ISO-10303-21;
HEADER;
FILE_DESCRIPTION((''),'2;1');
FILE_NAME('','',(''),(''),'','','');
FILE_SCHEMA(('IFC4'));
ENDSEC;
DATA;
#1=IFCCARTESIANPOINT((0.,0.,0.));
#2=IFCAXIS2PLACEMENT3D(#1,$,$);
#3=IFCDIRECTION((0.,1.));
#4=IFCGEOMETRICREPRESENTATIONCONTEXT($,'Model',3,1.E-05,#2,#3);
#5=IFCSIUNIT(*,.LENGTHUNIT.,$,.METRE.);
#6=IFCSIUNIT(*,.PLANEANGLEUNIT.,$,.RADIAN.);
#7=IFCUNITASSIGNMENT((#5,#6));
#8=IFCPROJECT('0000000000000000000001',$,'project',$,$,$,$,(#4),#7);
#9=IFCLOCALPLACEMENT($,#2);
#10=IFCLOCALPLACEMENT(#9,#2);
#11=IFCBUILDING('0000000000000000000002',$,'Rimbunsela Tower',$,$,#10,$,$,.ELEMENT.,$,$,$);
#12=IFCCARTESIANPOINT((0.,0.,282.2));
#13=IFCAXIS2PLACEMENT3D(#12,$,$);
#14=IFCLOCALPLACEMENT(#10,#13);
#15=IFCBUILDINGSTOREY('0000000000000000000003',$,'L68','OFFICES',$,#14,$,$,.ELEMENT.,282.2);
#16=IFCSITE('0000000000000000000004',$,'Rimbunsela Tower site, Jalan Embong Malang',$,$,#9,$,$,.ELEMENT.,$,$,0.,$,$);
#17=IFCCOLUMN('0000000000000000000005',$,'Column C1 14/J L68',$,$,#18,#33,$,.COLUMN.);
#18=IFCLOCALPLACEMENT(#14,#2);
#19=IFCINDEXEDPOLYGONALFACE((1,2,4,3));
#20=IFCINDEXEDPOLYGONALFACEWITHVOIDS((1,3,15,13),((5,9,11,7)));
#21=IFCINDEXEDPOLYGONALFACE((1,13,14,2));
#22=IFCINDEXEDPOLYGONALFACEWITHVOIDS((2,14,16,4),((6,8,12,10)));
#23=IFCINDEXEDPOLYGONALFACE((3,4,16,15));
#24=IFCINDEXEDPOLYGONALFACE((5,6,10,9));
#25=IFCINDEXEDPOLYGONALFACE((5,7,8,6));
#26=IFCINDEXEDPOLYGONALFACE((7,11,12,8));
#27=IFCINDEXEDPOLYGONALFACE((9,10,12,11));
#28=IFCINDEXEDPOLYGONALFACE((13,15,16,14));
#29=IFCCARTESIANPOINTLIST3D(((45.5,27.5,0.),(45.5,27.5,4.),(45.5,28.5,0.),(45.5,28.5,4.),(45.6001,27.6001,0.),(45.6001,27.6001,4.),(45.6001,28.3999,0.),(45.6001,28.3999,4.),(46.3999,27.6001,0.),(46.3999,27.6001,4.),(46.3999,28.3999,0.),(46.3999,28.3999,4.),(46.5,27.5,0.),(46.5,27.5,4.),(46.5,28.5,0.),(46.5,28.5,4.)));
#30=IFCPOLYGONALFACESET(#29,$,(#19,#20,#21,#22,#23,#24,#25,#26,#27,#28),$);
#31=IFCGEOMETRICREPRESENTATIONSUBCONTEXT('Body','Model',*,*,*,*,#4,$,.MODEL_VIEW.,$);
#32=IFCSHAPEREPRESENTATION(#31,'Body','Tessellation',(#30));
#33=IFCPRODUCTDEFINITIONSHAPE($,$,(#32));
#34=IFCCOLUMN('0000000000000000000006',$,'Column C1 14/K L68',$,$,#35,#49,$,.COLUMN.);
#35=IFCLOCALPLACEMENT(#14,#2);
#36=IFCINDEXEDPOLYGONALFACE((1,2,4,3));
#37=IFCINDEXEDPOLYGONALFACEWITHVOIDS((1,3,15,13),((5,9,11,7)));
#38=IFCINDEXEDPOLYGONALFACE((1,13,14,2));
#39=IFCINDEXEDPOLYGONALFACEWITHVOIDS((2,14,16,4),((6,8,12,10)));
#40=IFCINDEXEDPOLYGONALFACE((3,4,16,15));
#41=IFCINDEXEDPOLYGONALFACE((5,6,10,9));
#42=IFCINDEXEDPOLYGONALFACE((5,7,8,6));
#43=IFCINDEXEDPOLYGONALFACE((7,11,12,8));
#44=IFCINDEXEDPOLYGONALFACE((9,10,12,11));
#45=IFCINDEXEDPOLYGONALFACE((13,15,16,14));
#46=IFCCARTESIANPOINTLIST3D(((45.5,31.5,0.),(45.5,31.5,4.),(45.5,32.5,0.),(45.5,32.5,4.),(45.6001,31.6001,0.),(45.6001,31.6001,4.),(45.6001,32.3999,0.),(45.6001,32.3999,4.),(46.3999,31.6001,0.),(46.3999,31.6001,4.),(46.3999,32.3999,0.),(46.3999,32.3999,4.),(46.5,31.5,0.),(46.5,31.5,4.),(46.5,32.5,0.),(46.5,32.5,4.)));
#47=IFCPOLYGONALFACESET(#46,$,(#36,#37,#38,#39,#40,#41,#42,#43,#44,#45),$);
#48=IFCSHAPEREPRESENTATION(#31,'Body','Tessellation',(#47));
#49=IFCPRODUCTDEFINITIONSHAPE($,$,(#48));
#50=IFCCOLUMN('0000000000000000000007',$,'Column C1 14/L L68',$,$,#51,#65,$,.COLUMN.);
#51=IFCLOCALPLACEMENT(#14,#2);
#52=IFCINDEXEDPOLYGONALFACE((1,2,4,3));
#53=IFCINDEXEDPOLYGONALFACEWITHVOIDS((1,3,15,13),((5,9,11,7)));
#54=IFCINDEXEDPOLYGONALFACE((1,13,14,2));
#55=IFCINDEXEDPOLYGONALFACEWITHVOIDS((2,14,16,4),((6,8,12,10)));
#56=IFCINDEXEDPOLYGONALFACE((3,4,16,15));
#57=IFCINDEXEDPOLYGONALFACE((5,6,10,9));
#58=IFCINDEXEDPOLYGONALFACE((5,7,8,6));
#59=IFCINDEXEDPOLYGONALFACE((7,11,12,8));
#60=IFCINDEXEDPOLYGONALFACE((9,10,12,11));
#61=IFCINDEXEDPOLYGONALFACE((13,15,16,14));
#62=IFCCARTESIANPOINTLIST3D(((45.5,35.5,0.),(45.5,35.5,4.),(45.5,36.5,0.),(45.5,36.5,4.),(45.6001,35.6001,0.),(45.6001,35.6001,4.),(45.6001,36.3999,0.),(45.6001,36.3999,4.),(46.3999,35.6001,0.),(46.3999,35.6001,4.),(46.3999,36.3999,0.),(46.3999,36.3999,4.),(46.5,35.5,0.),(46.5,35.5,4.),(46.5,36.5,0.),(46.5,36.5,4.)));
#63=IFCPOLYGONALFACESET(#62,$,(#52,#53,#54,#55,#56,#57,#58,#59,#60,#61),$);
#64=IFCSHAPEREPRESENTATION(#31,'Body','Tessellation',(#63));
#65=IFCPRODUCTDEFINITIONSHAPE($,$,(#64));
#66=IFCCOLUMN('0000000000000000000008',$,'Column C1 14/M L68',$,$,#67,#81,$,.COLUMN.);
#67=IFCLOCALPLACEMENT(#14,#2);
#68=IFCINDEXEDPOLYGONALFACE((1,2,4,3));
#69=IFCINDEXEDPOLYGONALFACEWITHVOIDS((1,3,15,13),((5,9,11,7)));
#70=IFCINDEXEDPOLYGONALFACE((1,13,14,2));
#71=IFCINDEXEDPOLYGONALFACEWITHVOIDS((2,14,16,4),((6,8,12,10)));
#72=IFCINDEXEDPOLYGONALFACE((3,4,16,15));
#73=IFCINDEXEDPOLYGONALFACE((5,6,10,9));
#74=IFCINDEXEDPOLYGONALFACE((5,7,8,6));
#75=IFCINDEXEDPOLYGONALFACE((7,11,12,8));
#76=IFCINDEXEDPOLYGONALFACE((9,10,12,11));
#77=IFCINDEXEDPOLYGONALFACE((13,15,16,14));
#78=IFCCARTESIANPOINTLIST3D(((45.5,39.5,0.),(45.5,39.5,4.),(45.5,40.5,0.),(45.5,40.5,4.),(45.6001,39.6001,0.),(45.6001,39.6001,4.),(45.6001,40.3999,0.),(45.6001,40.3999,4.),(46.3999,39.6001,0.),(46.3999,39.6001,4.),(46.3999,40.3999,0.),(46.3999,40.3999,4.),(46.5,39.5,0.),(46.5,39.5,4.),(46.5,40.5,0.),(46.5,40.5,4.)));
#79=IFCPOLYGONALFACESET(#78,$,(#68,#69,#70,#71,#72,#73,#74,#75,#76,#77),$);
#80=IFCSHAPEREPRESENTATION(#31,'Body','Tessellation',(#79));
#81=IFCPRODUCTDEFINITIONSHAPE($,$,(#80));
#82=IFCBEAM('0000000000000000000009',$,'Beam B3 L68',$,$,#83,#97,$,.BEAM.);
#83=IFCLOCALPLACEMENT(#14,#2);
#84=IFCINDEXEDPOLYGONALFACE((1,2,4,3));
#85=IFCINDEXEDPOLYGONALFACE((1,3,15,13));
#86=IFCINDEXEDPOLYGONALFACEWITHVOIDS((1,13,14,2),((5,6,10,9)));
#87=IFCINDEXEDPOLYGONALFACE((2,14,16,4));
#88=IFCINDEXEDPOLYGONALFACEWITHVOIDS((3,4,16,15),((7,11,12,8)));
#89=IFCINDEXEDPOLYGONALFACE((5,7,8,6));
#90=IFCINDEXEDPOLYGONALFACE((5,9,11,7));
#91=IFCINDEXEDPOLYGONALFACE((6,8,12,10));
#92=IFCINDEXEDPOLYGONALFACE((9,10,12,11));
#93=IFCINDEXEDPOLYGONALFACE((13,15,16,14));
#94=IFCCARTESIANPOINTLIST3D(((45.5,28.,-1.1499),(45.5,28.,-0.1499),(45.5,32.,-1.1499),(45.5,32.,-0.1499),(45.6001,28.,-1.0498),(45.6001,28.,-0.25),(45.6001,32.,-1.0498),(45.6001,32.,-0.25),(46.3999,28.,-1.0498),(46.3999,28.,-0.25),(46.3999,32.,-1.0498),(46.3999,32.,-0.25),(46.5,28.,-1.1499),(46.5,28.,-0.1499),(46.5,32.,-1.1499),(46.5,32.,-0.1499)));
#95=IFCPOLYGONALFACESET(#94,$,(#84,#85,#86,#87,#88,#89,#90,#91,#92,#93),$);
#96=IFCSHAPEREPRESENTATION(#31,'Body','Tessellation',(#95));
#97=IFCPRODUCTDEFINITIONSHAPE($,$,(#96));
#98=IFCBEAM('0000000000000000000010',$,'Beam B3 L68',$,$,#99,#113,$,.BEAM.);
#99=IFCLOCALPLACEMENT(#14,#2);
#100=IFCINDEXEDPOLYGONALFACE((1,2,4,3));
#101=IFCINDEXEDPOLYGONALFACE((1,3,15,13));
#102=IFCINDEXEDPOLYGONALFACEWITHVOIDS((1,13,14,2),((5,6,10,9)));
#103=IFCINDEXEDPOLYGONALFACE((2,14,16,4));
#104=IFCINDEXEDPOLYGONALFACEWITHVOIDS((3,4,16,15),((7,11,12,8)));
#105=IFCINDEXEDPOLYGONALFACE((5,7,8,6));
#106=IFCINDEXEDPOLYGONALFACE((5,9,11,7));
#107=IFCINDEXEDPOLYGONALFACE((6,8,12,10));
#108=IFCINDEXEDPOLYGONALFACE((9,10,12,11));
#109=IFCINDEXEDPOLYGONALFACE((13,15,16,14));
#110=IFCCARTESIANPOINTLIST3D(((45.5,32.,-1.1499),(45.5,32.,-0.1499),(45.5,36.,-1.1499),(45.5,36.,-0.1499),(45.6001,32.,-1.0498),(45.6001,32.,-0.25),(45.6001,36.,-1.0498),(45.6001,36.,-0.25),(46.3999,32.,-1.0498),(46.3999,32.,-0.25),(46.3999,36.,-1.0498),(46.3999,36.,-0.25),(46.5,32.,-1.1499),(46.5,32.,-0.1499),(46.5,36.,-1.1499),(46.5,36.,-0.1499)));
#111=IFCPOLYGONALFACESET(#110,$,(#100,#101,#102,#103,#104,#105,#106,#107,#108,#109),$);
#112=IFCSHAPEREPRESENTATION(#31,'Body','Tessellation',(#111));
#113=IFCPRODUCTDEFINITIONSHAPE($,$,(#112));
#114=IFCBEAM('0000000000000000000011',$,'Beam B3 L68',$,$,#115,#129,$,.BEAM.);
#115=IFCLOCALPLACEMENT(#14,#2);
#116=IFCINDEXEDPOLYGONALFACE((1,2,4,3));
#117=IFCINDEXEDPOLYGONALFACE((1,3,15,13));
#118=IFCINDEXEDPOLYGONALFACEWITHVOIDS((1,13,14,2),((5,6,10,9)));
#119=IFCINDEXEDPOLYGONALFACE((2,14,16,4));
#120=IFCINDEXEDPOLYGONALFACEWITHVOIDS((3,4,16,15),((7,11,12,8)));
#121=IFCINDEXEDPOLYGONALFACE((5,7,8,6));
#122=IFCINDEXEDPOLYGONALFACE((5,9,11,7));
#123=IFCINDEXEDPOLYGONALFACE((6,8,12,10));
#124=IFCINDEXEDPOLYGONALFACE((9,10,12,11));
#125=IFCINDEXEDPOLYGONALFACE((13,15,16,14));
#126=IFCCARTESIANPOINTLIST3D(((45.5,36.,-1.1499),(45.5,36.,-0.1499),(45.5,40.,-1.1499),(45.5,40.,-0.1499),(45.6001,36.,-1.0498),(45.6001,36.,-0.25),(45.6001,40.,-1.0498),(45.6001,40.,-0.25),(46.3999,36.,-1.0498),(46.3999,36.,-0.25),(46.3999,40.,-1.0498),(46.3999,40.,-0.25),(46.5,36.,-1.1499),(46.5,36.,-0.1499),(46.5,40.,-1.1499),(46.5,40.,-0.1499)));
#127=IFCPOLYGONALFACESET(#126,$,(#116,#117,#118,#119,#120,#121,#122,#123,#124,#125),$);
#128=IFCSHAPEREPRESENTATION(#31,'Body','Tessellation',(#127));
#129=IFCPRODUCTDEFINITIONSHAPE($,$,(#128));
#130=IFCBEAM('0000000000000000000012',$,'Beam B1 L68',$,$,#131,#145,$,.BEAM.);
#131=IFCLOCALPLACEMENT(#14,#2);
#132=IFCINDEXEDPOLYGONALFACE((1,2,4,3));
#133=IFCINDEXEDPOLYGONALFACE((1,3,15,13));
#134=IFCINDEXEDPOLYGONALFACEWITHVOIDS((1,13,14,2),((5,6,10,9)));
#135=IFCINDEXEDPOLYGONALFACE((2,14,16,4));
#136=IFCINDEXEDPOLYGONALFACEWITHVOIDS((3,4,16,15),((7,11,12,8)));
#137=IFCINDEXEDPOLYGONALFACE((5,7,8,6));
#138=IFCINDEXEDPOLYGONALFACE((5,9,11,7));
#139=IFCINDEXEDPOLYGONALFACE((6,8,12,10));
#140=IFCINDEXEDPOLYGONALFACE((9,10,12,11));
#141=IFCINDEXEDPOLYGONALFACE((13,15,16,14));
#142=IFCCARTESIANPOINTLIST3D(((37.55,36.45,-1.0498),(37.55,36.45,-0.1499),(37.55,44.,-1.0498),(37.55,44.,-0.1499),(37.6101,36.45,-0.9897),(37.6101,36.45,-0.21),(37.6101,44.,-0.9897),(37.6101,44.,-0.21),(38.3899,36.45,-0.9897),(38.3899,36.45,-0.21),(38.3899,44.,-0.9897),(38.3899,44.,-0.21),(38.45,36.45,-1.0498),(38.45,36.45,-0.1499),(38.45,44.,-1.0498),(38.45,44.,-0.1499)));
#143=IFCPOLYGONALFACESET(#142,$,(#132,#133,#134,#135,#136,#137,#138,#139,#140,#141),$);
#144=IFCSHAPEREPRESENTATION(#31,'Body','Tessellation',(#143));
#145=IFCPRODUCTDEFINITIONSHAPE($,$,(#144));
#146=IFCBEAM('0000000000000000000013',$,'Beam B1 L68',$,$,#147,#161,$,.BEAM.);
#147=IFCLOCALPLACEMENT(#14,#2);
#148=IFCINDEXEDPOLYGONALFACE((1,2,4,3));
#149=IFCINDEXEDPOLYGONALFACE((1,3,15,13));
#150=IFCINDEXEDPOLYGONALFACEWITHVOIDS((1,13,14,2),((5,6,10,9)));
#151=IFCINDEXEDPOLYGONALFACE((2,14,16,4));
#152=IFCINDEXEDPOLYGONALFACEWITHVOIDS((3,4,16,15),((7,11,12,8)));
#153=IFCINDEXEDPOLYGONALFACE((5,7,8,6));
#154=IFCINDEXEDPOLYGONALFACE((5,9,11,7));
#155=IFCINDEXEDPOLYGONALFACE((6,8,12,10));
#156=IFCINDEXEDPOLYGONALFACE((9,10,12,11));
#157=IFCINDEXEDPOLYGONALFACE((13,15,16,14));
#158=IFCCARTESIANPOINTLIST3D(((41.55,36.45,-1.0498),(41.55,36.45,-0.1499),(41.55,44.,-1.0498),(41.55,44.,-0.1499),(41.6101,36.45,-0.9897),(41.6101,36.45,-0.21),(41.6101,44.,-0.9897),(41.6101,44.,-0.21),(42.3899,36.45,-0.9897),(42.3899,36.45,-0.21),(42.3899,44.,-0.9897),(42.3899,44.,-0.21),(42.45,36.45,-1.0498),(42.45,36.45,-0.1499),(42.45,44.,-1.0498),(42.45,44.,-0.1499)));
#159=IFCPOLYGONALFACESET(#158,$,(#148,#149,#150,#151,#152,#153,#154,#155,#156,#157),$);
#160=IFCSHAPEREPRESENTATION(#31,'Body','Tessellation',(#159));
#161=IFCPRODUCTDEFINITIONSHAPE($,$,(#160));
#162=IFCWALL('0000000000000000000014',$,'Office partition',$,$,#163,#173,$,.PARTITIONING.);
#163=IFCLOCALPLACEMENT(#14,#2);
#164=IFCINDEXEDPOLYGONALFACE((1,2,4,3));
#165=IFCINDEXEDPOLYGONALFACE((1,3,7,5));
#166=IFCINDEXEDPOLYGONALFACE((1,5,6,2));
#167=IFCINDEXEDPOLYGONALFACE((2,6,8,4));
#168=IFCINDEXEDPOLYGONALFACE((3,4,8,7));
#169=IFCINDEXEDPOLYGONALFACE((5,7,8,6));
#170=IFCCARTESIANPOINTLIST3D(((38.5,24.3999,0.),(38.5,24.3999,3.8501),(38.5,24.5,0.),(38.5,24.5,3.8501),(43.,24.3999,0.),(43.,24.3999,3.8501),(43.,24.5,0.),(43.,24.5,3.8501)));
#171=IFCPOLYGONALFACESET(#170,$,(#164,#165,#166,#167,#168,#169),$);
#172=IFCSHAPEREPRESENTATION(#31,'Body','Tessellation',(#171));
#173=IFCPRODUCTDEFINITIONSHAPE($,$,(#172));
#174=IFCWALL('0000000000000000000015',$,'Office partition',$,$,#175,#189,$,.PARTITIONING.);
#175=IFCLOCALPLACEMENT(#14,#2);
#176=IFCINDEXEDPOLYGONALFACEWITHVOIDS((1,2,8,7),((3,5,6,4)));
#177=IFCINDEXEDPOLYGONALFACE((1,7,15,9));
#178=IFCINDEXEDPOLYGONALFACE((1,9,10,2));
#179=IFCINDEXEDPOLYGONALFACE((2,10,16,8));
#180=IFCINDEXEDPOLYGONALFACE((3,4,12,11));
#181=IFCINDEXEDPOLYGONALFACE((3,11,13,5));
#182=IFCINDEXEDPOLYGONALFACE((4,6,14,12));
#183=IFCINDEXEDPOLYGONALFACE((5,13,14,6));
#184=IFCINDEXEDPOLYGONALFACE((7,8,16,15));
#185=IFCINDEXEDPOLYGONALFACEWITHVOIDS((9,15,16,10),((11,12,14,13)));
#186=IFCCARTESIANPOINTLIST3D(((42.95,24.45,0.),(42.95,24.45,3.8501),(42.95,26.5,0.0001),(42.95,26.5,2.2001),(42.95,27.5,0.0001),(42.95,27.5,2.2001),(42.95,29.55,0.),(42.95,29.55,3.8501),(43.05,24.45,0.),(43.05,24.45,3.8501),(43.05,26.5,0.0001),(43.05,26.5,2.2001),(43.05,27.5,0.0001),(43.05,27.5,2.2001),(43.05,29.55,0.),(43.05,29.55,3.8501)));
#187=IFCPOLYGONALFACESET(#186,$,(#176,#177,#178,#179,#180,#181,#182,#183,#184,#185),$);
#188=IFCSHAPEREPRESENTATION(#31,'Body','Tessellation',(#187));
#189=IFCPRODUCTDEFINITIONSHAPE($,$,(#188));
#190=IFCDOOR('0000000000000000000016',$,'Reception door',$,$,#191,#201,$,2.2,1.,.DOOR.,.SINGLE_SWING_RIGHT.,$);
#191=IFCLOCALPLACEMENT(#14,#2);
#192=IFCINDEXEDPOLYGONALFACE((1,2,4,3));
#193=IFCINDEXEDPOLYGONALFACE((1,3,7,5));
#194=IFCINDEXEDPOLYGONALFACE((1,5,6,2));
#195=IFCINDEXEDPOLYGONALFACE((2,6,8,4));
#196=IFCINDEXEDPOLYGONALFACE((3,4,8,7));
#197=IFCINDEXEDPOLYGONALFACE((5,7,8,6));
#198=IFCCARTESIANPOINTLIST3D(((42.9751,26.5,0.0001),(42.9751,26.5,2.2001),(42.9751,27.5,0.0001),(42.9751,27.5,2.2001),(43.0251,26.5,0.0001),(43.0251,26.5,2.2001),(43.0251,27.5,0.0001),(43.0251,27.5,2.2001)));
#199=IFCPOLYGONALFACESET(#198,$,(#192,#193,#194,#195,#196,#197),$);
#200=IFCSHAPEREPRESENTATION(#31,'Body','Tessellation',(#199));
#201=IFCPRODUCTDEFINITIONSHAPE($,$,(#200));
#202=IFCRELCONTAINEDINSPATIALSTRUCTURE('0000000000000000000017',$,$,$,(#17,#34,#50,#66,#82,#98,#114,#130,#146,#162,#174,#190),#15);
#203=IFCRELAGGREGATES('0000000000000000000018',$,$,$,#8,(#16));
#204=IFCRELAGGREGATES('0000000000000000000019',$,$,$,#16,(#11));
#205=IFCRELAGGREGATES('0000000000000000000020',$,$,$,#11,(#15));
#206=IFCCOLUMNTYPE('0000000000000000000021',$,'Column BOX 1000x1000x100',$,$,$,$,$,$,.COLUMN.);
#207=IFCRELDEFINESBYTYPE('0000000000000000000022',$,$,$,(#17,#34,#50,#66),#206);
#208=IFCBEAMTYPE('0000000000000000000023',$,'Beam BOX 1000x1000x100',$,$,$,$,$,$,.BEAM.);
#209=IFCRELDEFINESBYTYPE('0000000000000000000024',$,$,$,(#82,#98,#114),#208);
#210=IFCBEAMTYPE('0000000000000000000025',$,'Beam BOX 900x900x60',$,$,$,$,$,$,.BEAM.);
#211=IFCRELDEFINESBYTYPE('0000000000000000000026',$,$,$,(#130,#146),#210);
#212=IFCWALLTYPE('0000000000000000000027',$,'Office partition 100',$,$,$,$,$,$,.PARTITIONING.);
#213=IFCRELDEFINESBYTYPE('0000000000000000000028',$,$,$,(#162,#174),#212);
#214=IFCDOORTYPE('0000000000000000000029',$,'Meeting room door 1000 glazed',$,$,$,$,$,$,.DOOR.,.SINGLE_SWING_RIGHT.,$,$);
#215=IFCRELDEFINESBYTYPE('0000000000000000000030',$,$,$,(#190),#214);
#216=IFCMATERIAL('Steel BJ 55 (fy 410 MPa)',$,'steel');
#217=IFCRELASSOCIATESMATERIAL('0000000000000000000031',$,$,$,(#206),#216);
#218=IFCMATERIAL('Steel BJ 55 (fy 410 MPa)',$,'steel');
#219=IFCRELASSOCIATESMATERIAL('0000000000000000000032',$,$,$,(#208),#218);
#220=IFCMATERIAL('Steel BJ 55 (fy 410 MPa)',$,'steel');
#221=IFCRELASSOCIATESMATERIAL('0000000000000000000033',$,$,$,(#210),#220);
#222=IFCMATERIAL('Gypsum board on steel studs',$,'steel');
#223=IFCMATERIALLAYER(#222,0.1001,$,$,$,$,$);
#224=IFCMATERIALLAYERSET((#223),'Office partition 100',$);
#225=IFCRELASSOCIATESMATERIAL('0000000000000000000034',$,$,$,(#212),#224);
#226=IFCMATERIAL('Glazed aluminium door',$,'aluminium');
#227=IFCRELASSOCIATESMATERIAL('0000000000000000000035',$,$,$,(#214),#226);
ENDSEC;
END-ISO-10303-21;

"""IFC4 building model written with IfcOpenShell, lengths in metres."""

from ifc_helpers import new_model, si_unit, direction, frame, frame_2d, origin, origin_2d, place, context, subcontext, project, spatial, rectangle, hollow_rectangle, extrude, material, layer, layer_set, material_profile, profile_set, type_object, element, fill, save


model = new_model("IFC4")

# Units and contexts
model_context = context("Model", 3, precision=1e-05, world=origin(), true_north=direction((0.0, 1.0)))
body_context = subcontext(model_context, "Body", "Model", "MODEL_VIEW")
ifc_project = project(units=[si_unit("LENGTHUNIT", "METRE"), si_unit("PLANEANGLEUNIT", "RADIAN")], contexts=[model_context])

# Site, building, storey
site_placement = place(None, origin())
site = spatial("IfcSite", under=ifc_project, at=site_placement, Name="Rimbunsela Tower site, Jalan Embong Malang", CompositionType="ELEMENT", RefElevation=0.0)
building_placement = place(site_placement, origin())
building = spatial("IfcBuilding", under=site, at=building_placement, Name="Rimbunsela Tower", CompositionType="ELEMENT")
storey_placement = place(building_placement, frame((0.0, 0.0, 282.2)))
storey = spatial("IfcBuildingStorey", under=building, at=storey_placement, Name="L68", Description="OFFICES", CompositionType="ELEMENT", Elevation=282.2)

# Columns
ifc_material_1 = material(Name="Steel BJ 55 (fy 410 MPa)", Category="steel")
ifc_material_profile_1 = material_profile(ifc_material_1, hollow_rectangle(XDim=1.0, YDim=1.0, WallThickness=0.1001, at=origin_2d()), Name="BOX 1000x1000x100")
ifc_profile_set_1 = profile_set([ifc_material_profile_1], Name="Steel BJ 55 (fy 410 MPa)")
column_type = type_object("IfcColumnType", Name="Column BOX 1000x1000x100", PredefinedType="COLUMN", material=ifc_profile_set_1)
for number, where, z_axis, x_axis, name in (
    (1, (46.0, 28.0, 0.0), (0.0, 0.0, 1.0), (1.0, 0.0, 0.0), "Column C1 14/J L68"),
    (2, (46.0, 32.0, 0.0), (0.0, 0.0, 1.0), (1.0, 0.0, 0.0), "Column C1 14/K L68"),
    (3, (46.0, 36.0, 0.0), (0.0, 0.0, 1.0), (1.0, 0.0, 0.0), "Column C1 14/L L68"),
    (4, (46.0, 40.0, 0.0), (0.0, 0.0, 1.0), (1.0, 0.0, 0.0), "Column C1 14/M L68"),
):
    element("IfcColumn", number, at=place(storey_placement, frame(where, z_axis=z_axis, x_axis=x_axis)), inside=storey, type_object=column_type, Name=name, PredefinedType="COLUMN", context=body_context, shape_type="SweptSolid", body=[
        extrude(hollow_rectangle(XDim=1.0, YDim=1.0, WallThickness=0.1001, at=origin_2d()), origin(), (0.0, 0.0, 1.0), 4.0),
    ])

# Beams
ifc_material_2 = material(Name="Steel BJ 55 (fy 410 MPa)", Category="steel")
ifc_material_profile_2 = material_profile(ifc_material_2, hollow_rectangle(XDim=1.0, YDim=1.0, WallThickness=0.1001, at=origin_2d()), Name="BOX 1000x1000x100")
ifc_profile_set_2 = profile_set([ifc_material_profile_2], Name="Steel BJ 55 (fy 410 MPa)")
beam_type_1 = type_object("IfcBeamType", Name="Beam BOX 1000x1000x100", PredefinedType="BEAM", material=ifc_profile_set_2)
for number, where, z_axis, x_axis, name in (
    (5, (46.0, 28.0, -0.6499), (0.0, 1.0, 0.0), (-1.0, 0.0, 0.0), "Beam B3 L68"),
    (6, (46.0, 32.0, -0.6499), (0.0, 1.0, 0.0), (-1.0, 0.0, 0.0), "Beam B3 L68"),
    (7, (46.0, 36.0, -0.6499), (0.0, 1.0, 0.0), (-1.0, 0.0, 0.0), "Beam B3 L68"),
):
    element("IfcBeam", number, at=place(storey_placement, frame(where, z_axis=z_axis, x_axis=x_axis)), inside=storey, type_object=beam_type_1, Name=name, PredefinedType="BEAM", context=body_context, shape_type="SweptSolid", body=[
        extrude(hollow_rectangle(XDim=1.0, YDim=1.0, WallThickness=0.1001, at=origin_2d()), origin(), (0.0, 0.0, 1.0), 4.0),
    ])
ifc_material_3 = material(Name="Steel BJ 55 (fy 410 MPa)", Category="steel")
ifc_material_profile_3 = material_profile(ifc_material_3, hollow_rectangle(XDim=0.8999, YDim=0.8999, WallThickness=0.0601, at=origin_2d()), Name="BOX 900x900x60")
ifc_profile_set_3 = profile_set([ifc_material_profile_3], Name="Steel BJ 55 (fy 410 MPa)")
beam_type_2 = type_object("IfcBeamType", Name="Beam BOX 900x900x60", PredefinedType="BEAM", material=ifc_profile_set_3)
for number, where, z_axis, x_axis, name in (
    (8, (38.0, 36.45, -0.5999), (0.0, 1.0, 0.0), (-1.0, 0.0, 0.0), "Beam B1 L68"),
    (9, (42.0, 36.45, -0.5999), (0.0, 1.0, 0.0), (-1.0, 0.0, 0.0), "Beam B1 L68"),
):
    element("IfcBeam", number, at=place(storey_placement, frame(where, z_axis=z_axis, x_axis=x_axis)), inside=storey, type_object=beam_type_2, Name=name, PredefinedType="BEAM", context=body_context, shape_type="SweptSolid", body=[
        extrude(hollow_rectangle(XDim=0.8999, YDim=0.8999, WallThickness=0.0601, at=origin_2d()), origin(), (0.0, 0.0, 1.0), 7.55),
    ])

# Wall
ifc_material_4 = material(Name="Gypsum board on steel studs", Category="steel")
ifc_layer_1 = layer(ifc_material_4, 0.1001)
ifc_layer_set_1 = layer_set([ifc_layer_1], Name="Office partition 100")
wall_type_1 = type_object("IfcWallType", Name="Office partition 100", PredefinedType="PARTITIONING", material=ifc_layer_set_1)
wall_1_placement = place(storey_placement, frame((38.5, 24.45, 0.0), z_axis=(0.0, 0.0, 1.0), x_axis=(1.0, 0.0, 0.0)))
element("IfcWall", 10, at=wall_1_placement, inside=storey, type_object=wall_type_1, Name="Office partition", PredefinedType="PARTITIONING", context=body_context, shape_type="SweptSolid", body=[
    extrude(rectangle(XDim=4.5, YDim=0.1001, at=frame_2d((2.25, 0.0))), origin(), (0.0, 0.0, 1.0), 3.8501),
])

# Wall, opening, door
wall_2_placement = place(storey_placement, frame((43.0, 24.45, 0.0), z_axis=(0.0, 0.0, 1.0), x_axis=(0.0, 1.0, 0.0)))
wall_2 = element("IfcWall", 11, at=wall_2_placement, inside=storey, type_object=wall_type_1, Name="Office partition", PredefinedType="PARTITIONING", context=body_context, shape_type="SweptSolid", body=[
    extrude(rectangle(XDim=5.1001, YDim=0.1001, at=frame_2d((2.55, 0.0))), origin(), (0.0, 0.0, 1.0), 3.8501),
])
opening_1_placement = place(wall_2_placement, frame((2.05, 0.0, 0.0)))
opening_1 = element("IfcOpeningElement", 12, at=opening_1_placement, cuts=wall_2, PredefinedType="OPENING", context=body_context, shape_type="SweptSolid", body=[
    extrude(rectangle(XDim=1.0, YDim=2.2, at=frame_2d((0.5, 1.1001))), frame((0.0, 0.0601, 0.0), z_axis=(0.0, -1.0, 0.0), x_axis=(1.0, 0.0, 0.0)), (0.0, 0.0, 1.0), 0.1201),
])
ifc_material_5 = material(Name="Glazed aluminium door", Category="aluminium")
door_type = type_object("IfcDoorType", Name="Meeting room door 1000 glazed", OperationType="SINGLE_SWING_RIGHT", PredefinedType="DOOR", material=ifc_material_5)
door_placement = place(opening_1_placement, origin())
door = element("IfcDoor", 13, at=door_placement, inside=storey, type_object=door_type, Name="Reception door", OperationType="SINGLE_SWING_RIGHT", OverallHeight=2.2, OverallWidth=1.0, PredefinedType="DOOR", context=body_context, shape_type="SweptSolid", body=[
    extrude(rectangle(XDim=1.0, YDim=2.2, at=frame_2d((0.5, 1.1001))), frame((0.0, 0.0249, 0.0), z_axis=(0.0, -1.0, 0.0), x_axis=(1.0, 0.0, 0.0)), (0.0, 0.0, 1.0), 0.05),
])
fill(opening_1, door)

save(model, "model.ifc")
